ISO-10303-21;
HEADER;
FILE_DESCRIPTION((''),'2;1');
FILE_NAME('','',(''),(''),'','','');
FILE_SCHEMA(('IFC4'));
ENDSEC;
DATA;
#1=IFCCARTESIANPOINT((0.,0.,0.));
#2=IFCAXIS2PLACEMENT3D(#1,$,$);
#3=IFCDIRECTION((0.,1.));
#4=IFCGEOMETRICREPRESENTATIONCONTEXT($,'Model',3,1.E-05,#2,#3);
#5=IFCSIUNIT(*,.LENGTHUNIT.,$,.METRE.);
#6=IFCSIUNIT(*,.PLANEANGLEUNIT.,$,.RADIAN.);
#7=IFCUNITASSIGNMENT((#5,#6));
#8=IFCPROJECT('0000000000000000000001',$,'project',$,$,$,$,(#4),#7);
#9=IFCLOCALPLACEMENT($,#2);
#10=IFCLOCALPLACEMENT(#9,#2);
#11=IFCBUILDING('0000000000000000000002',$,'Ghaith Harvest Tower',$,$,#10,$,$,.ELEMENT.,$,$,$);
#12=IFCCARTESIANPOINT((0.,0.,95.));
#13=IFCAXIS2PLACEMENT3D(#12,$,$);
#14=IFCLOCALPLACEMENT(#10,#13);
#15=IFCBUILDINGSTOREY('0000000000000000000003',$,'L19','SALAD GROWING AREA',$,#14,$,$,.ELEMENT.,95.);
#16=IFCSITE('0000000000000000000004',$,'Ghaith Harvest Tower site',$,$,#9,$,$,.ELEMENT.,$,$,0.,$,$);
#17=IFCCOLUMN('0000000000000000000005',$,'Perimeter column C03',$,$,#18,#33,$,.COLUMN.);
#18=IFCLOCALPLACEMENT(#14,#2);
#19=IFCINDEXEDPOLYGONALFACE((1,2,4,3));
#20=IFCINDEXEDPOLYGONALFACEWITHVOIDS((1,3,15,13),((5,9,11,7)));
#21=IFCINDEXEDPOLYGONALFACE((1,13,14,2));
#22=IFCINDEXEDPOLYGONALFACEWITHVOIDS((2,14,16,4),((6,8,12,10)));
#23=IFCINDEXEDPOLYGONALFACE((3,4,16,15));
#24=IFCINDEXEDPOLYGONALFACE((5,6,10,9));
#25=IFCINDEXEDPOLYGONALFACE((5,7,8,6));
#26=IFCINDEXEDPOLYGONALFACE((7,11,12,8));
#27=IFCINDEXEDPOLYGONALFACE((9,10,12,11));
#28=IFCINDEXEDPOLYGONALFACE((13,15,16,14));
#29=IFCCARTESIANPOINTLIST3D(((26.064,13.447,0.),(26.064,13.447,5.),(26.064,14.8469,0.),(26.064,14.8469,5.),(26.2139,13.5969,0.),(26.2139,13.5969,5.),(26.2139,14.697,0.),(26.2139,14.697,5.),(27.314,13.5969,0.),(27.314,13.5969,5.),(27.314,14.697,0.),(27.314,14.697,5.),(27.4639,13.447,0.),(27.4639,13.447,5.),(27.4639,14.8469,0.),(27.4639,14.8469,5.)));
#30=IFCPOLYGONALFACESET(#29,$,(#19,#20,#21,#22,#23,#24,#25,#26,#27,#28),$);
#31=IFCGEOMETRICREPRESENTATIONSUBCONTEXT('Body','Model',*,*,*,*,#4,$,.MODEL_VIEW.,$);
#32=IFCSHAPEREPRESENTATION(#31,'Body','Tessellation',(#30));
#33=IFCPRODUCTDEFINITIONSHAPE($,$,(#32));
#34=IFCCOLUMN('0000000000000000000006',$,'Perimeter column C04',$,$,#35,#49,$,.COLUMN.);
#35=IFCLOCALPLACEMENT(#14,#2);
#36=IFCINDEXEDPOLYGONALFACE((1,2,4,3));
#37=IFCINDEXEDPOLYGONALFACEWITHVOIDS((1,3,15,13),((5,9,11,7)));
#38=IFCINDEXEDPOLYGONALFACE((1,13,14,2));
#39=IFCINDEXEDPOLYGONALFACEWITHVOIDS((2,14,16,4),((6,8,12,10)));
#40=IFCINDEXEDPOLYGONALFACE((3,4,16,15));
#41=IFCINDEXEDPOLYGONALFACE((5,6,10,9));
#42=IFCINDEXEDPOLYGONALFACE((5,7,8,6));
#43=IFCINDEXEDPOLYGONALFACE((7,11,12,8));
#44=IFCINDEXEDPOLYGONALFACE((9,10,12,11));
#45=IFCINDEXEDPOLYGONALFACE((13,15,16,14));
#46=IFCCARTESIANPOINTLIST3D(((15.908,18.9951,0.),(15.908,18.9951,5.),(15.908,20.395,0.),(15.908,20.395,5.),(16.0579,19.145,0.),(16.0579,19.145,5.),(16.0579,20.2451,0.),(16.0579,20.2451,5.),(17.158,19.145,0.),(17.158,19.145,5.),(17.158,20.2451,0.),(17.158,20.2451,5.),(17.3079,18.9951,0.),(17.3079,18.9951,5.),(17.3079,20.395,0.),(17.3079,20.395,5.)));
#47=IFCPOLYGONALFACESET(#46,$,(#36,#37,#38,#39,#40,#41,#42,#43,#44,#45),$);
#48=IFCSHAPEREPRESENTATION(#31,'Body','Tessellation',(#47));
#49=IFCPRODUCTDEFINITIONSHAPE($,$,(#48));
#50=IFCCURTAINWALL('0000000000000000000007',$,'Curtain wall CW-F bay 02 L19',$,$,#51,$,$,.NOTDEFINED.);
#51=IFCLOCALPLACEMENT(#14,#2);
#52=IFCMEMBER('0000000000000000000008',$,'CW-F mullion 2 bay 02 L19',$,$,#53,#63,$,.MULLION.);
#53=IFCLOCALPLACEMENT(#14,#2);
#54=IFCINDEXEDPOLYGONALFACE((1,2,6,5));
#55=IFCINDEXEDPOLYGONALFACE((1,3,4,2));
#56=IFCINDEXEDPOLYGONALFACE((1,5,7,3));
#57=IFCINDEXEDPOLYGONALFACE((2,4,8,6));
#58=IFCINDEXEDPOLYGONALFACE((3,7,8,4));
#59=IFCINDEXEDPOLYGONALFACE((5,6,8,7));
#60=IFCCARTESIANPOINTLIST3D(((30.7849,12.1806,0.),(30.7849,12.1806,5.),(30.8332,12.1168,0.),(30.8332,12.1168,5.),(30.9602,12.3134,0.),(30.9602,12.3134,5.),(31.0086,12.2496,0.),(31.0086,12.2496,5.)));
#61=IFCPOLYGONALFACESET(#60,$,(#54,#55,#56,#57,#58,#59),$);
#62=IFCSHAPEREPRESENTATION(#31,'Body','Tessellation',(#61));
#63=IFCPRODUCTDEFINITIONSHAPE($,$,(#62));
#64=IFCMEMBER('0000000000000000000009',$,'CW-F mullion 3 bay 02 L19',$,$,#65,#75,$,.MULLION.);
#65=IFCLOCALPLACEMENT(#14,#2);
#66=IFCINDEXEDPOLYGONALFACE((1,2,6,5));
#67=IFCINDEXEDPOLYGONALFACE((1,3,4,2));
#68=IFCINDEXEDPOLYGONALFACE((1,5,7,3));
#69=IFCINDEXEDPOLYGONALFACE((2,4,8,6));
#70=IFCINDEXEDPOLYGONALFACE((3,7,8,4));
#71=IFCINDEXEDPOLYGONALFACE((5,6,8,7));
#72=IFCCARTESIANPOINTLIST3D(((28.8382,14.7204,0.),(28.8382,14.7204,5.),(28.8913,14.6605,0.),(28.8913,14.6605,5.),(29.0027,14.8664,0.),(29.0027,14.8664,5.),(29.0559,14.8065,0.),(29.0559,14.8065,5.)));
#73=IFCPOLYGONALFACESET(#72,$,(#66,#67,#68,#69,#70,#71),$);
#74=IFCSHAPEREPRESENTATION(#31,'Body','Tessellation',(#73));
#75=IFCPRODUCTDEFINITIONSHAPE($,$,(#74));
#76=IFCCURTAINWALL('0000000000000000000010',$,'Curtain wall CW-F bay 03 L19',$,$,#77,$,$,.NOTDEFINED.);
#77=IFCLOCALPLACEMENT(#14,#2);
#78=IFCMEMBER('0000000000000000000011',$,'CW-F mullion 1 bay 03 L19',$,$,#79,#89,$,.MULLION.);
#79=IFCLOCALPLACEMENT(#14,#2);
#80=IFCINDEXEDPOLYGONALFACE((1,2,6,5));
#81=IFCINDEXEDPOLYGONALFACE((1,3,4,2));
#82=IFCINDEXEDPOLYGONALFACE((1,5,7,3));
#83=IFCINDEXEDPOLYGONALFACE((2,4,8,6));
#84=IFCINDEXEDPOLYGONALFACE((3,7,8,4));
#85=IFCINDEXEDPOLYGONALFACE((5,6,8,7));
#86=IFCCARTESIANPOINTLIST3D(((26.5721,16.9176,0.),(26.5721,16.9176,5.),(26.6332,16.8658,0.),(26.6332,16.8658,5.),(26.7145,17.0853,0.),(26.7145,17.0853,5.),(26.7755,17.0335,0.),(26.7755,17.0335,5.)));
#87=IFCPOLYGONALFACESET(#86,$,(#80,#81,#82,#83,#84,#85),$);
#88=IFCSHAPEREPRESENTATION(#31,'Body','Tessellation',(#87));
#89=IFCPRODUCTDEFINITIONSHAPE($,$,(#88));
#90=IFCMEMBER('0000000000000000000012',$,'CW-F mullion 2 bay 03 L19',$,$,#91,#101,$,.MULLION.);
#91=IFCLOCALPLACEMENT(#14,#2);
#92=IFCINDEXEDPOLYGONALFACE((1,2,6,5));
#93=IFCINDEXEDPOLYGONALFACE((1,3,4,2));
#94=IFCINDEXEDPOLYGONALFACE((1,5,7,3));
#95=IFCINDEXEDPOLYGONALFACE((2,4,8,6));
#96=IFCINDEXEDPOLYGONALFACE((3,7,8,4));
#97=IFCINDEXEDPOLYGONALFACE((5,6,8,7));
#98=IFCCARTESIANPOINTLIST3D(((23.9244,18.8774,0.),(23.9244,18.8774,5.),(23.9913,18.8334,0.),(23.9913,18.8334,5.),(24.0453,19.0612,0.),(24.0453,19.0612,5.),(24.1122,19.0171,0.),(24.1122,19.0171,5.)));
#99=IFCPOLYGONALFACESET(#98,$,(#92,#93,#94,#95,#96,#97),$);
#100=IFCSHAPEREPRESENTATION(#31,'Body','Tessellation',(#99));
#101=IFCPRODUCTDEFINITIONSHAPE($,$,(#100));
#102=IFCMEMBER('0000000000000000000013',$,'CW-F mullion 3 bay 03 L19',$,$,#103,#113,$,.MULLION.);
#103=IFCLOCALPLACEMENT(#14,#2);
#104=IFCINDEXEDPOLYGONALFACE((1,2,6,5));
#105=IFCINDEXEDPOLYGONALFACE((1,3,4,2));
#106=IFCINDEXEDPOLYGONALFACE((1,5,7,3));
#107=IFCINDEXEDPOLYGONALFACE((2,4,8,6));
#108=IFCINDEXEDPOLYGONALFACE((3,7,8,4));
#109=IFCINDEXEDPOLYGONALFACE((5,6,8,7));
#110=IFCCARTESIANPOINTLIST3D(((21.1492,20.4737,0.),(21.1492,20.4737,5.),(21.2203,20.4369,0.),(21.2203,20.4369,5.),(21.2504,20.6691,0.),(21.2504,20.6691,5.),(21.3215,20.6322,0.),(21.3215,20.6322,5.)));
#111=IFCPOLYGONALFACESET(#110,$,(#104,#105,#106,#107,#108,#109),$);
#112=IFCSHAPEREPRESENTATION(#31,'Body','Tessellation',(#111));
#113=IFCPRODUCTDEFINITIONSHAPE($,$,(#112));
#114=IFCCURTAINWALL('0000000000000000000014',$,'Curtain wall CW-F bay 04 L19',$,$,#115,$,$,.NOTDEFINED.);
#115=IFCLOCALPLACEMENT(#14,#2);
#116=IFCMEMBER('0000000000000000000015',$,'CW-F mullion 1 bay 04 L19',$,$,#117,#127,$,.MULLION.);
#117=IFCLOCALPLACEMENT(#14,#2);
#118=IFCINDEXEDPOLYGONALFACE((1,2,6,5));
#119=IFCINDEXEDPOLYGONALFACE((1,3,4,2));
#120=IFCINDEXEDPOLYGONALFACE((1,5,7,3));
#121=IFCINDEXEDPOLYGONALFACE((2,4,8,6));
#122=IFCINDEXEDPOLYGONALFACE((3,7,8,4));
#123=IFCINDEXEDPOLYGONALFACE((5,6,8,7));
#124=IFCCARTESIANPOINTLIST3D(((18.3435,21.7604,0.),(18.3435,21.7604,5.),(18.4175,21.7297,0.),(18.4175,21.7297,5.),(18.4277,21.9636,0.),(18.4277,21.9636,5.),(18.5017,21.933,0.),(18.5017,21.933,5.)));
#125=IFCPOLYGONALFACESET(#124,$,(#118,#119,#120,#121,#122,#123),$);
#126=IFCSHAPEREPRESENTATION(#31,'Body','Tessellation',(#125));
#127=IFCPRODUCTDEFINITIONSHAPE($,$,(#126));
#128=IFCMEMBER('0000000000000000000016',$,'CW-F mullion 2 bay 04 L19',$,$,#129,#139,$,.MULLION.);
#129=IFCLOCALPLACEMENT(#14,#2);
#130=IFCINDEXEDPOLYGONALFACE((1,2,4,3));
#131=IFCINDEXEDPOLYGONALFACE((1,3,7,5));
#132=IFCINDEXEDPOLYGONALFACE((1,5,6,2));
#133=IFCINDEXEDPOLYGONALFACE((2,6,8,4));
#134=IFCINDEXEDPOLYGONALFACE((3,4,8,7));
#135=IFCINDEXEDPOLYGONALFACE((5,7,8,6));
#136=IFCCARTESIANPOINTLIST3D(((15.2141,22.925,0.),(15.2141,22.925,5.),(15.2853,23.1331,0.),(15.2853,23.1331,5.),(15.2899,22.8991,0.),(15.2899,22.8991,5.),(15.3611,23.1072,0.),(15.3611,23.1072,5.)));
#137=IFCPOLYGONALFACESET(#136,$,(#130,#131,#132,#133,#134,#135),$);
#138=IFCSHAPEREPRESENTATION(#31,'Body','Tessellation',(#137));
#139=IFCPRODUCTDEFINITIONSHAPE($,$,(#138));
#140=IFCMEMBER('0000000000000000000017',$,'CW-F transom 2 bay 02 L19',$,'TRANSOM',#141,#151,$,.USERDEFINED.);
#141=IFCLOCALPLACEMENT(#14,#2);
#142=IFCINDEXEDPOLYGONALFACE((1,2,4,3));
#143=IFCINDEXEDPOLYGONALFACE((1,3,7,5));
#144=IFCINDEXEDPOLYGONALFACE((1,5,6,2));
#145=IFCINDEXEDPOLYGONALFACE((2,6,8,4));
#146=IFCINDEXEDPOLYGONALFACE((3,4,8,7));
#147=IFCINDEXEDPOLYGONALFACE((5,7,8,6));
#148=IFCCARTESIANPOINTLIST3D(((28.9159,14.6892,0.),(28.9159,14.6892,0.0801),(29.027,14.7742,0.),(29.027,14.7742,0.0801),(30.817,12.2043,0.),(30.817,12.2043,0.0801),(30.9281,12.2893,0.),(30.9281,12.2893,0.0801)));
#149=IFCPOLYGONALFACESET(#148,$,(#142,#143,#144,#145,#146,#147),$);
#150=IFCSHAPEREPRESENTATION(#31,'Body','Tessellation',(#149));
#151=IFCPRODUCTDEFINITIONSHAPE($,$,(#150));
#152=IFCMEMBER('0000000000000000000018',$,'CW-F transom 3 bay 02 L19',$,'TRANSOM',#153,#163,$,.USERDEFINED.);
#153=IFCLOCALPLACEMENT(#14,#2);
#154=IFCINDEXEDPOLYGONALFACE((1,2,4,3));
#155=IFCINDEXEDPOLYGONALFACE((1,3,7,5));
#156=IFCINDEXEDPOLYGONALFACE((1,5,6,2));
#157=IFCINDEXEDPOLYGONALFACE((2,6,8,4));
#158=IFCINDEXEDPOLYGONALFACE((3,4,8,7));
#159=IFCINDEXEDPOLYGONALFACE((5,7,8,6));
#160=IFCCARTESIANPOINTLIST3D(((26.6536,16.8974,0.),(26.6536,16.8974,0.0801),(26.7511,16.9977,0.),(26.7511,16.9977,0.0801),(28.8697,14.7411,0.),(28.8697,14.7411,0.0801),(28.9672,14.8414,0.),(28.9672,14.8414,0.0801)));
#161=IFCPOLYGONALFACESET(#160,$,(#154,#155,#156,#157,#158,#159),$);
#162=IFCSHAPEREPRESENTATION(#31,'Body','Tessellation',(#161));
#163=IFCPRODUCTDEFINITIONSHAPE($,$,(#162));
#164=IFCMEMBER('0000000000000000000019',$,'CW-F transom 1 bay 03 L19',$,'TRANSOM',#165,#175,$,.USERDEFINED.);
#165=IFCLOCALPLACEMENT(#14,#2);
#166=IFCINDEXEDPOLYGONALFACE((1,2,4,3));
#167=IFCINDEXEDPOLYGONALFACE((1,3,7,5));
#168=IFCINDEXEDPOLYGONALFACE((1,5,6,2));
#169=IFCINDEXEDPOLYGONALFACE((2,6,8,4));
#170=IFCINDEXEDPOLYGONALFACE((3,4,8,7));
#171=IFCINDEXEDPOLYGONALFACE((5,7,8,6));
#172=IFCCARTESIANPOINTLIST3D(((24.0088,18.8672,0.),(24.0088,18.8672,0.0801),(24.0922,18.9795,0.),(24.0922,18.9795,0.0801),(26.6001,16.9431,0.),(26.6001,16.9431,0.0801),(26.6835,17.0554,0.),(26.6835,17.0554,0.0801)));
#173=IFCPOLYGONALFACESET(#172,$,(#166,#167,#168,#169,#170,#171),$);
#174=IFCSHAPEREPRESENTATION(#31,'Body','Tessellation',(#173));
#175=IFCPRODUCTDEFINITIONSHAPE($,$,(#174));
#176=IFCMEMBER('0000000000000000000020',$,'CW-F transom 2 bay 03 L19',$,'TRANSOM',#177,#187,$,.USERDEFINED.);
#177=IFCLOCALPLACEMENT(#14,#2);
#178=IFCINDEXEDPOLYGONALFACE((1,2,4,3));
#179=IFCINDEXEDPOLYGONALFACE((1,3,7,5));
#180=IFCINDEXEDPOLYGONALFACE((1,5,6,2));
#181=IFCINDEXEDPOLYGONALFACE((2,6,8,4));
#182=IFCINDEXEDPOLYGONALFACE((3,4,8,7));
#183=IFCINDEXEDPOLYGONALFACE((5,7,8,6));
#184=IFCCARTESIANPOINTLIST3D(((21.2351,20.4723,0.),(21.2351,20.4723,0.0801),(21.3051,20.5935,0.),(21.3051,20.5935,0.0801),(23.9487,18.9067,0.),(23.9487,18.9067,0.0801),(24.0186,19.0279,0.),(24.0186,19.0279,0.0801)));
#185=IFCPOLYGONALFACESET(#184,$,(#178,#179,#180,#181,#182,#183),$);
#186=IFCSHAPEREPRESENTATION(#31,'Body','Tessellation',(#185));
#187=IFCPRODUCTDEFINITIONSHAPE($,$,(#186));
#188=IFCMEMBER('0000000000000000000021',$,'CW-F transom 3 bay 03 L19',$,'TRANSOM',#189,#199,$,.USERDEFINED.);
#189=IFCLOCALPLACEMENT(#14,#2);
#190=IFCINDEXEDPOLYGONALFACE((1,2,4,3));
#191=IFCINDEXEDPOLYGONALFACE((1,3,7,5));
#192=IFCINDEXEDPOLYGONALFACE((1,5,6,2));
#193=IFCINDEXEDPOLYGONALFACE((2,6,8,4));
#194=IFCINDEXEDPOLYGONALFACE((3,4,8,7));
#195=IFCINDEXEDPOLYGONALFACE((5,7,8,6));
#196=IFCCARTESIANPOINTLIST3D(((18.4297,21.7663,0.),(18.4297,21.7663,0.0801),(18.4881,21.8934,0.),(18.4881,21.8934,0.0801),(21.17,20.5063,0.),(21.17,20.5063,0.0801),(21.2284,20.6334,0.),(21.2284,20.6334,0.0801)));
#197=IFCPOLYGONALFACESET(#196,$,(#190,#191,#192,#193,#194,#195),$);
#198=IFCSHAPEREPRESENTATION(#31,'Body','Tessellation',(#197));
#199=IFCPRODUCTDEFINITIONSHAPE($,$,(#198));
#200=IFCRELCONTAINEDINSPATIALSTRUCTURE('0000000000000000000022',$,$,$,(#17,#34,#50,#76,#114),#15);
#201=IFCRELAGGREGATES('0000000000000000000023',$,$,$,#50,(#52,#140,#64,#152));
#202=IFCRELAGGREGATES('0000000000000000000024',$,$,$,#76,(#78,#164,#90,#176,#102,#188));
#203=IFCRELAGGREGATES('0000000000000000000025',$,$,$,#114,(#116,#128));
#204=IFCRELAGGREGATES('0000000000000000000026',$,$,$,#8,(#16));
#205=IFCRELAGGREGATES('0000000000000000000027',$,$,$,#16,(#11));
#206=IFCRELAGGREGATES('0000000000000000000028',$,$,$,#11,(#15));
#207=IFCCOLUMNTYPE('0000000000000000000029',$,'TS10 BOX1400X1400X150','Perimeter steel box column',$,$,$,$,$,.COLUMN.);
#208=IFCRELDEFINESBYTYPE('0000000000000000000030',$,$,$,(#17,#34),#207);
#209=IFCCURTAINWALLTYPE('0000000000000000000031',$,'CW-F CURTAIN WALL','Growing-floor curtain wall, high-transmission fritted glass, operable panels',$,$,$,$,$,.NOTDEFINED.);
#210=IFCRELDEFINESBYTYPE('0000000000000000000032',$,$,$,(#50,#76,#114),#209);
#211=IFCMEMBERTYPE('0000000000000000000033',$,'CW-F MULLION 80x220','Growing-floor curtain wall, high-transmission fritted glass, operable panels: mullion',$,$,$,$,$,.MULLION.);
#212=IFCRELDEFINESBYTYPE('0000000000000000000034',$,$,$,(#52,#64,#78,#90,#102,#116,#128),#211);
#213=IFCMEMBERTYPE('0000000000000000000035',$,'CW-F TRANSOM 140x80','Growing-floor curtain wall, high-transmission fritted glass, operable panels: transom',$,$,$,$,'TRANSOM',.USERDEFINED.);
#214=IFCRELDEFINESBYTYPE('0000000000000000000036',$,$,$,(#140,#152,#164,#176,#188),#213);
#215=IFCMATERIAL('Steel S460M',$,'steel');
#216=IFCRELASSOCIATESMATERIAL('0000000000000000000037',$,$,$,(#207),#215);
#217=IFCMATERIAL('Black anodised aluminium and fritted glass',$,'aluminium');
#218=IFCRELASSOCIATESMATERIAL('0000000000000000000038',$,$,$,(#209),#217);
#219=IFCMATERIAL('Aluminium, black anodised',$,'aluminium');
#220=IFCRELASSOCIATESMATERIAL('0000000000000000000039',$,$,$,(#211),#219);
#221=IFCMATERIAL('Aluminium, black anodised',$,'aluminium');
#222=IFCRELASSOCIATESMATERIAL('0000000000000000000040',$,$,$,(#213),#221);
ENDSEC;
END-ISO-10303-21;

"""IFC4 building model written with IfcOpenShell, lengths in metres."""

from ifc_helpers import new_model, si_unit, direction, frame, origin, origin_2d, place, context, subcontext, project, spatial, rectangle, hollow_rectangle, extrude, material, material_profile, profile_set, type_object, element, aggregate, save


model = new_model("IFC4")

# Units and contexts
model_context = context("Model", 3, precision=1e-05, world=origin(), true_north=direction((0.0, 1.0)))
body_context = subcontext(model_context, "Body", "Model", "MODEL_VIEW")
ifc_project = project(units=[si_unit("LENGTHUNIT", "METRE"), si_unit("PLANEANGLEUNIT", "RADIAN")], contexts=[model_context])

# Site, building, storey
site_placement = place(None, origin())
site = spatial("IfcSite", under=ifc_project, at=site_placement, Name="Ghaith Harvest Tower site", CompositionType="ELEMENT", RefElevation=0.0)
building_placement = place(site_placement, origin())
building = spatial("IfcBuilding", under=site, at=building_placement, Name="Ghaith Harvest Tower", CompositionType="ELEMENT")
storey_placement = place(building_placement, frame((0.0, 0.0, 95.0)))
storey = spatial("IfcBuildingStorey", under=building, at=storey_placement, Name="L19", Description="SALAD GROWING AREA", CompositionType="ELEMENT", Elevation=95.0)

# Columns
ifc_material_1 = material(Name="Steel S460M", Category="steel")
ifc_material_profile_1 = material_profile(ifc_material_1, hollow_rectangle(XDim=1.3999, YDim=1.3999, WallThickness=0.1499, at=origin_2d()), Name="BOX1400X1400X150")
ifc_profile_set_1 = profile_set([ifc_material_profile_1], Name="Steel S460M")
column_type = type_object("IfcColumnType", Name="TS10 BOX1400X1400X150", Description="Perimeter steel box column", PredefinedType="COLUMN", material=ifc_profile_set_1)
for number, where, z_axis, x_axis, name in (
    (1, (26.7639, 14.147, 0.0), (0.0, 0.0, 1.0), (1.0, 0.0, 0.0), "Perimeter column C03"),
    (2, (16.6079, 19.6951, 0.0), (0.0, 0.0, 1.0), (1.0, 0.0, 0.0), "Perimeter column C04"),
):
    element("IfcColumn", number, at=place(storey_placement, frame(where, z_axis=z_axis, x_axis=x_axis)), inside=storey, type_object=column_type, Name=name, PredefinedType="COLUMN", context=body_context, shape_type="SweptSolid", body=[
        extrude(hollow_rectangle(XDim=1.3999, YDim=1.3999, WallThickness=0.1499, at=origin_2d()), origin(), (0.0, 0.0, 1.0), 5.0),
    ])

# Curtain walls, members
ifc_material_2 = material(Name="Black anodised aluminium and fritted glass", Category="aluminium")
curtain_wall_type = type_object("IfcCurtainWallType", Name="CW-F CURTAIN WALL", Description="Growing-floor curtain wall, high-transmission fritted glass, operable panels", PredefinedType="NOTDEFINED", material=ifc_material_2)
curtain_wall_1_placement = place(storey_placement, origin())
curtain_wall_1 = element("IfcCurtainWall", 3, at=curtain_wall_1_placement, inside=storey, type_object=curtain_wall_type, Name="Curtain wall CW-F bay 02 L19", PredefinedType="NOTDEFINED")
ifc_material_3 = material(Name="Aluminium, black anodised", Category="aluminium")
ifc_material_profile_2 = material_profile(ifc_material_3, rectangle(XDim=0.0801, YDim=0.22, at=origin_2d()), Name="CW-F MULLION 80x220")
ifc_profile_set_2 = profile_set([ifc_material_profile_2], Name="Aluminium, black anodised")
member_type_1 = type_object("IfcMemberType", Name="CW-F MULLION 80x220", Description="Growing-floor curtain wall, high-transmission fritted glass, operable panels: mullion", PredefinedType="MULLION", material=ifc_profile_set_2)
member_1_placement = place(storey_placement, frame((30.8967, 12.2151, 0.0), z_axis=(0.0, 0.0, 1.0), x_axis=(-0.603948, 0.797023, 0.0)))
member_1 = element("IfcMember", 4, at=member_1_placement, type_object=member_type_1, Name="CW-F mullion 2 bay 02 L19", PredefinedType="MULLION", context=body_context, shape_type="SweptSolid", body=[
    extrude(rectangle(XDim=0.0801, YDim=0.22, at=origin_2d()), origin(), (0.0, 0.0, 1.0), 5.0),
])
member_2_placement = place(storey_placement, frame((28.947, 14.7634, 0.0), z_axis=(0.0, 0.0, 1.0), x_axis=(-0.663605, 0.748083, 0.0)))
member_2 = element("IfcMember", 5, at=member_2_placement, type_object=member_type_1, Name="CW-F mullion 3 bay 02 L19", PredefinedType="MULLION", context=body_context, shape_type="SweptSolid", body=[
    extrude(rectangle(XDim=0.0801, YDim=0.22, at=origin_2d()), origin(), (0.0, 0.0, 1.0), 5.0),
])
curtain_wall_2_placement = place(storey_placement, origin())
curtain_wall_2 = element("IfcCurtainWall", 6, at=curtain_wall_2_placement, inside=storey, type_object=curtain_wall_type, Name="Curtain wall CW-F bay 03 L19", PredefinedType="NOTDEFINED")
member_3_placement = place(storey_placement, frame((26.6738, 16.9756, 0.0), z_axis=(0.0, 0.0, 1.0), x_axis=(-0.762366, 0.647146, 0.0)))
member_3 = element("IfcMember", 7, at=member_3_placement, type_object=member_type_1, Name="CW-F mullion 1 bay 03 L19", PredefinedType="MULLION", context=body_context, shape_type="SweptSolid", body=[
    extrude(rectangle(XDim=0.0801, YDim=0.22, at=origin_2d()), origin(), (0.0, 0.0, 1.0), 5.0),
])
member_4_placement = place(storey_placement, frame((24.0183, 18.9473, 0.0), z_axis=(0.0, 0.0, 1.0), x_axis=(-0.835444, 0.549576, 0.0)))
member_4 = element("IfcMember", 8, at=member_4_placement, type_object=member_type_1, Name="CW-F mullion 2 bay 03 L19", PredefinedType="MULLION", context=body_context, shape_type="SweptSolid", body=[
    extrude(rectangle(XDim=0.0801, YDim=0.22, at=origin_2d()), origin(), (0.0, 0.0, 1.0), 5.0),
])
member_5_placement = place(storey_placement, frame((21.2354, 20.553, 0.0), z_axis=(0.0, 0.0, 1.0), x_axis=(-0.887897, 0.460043, 0.0)))
member_5 = element("IfcMember", 9, at=member_5_placement, type_object=member_type_1, Name="CW-F mullion 3 bay 03 L19", PredefinedType="MULLION", context=body_context, shape_type="SweptSolid", body=[
    extrude(rectangle(XDim=0.0801, YDim=0.22, at=origin_2d()), origin(), (0.0, 0.0, 1.0), 5.0),
])
curtain_wall_3_placement = place(storey_placement, origin())
curtain_wall_3 = element("IfcCurtainWall", 10, at=curtain_wall_3_placement, inside=storey, type_object=curtain_wall_type, Name="Curtain wall CW-F bay 04 L19", PredefinedType="NOTDEFINED")
member_6_placement = place(storey_placement, frame((18.4226, 21.8467, 0.0), z_axis=(0.0, 0.0, 1.0), x_axis=(-0.92391, 0.382609, 0.0)))
member_6 = element("IfcMember", 11, at=member_6_placement, type_object=member_type_1, Name="CW-F mullion 1 bay 04 L19", PredefinedType="MULLION", context=body_context, shape_type="SweptSolid", body=[
    extrude(rectangle(XDim=0.0801, YDim=0.22, at=origin_2d()), origin(), (0.0, 0.0, 1.0), 5.0),
])
member_7_placement = place(storey_placement, frame((15.2876, 23.0161, 0.0), z_axis=(0.0, 0.0, 1.0), x_axis=(-0.946121, 0.323813, 0.0)))
member_7 = element("IfcMember", 12, at=member_7_placement, type_object=member_type_1, Name="CW-F mullion 2 bay 04 L19", PredefinedType="MULLION", context=body_context, shape_type="SweptSolid", body=[
    extrude(rectangle(XDim=0.0801, YDim=0.22, at=origin_2d()), origin(), (0.0, 0.0, 1.0), 5.0),
])

# Members
ifc_material_4 = material(Name="Aluminium, black anodised", Category="aluminium")
ifc_material_profile_3 = material_profile(ifc_material_4, rectangle(XDim=0.1399, YDim=0.0801, at=origin_2d()), Name="CW-F TRANSOM 140x80")
ifc_profile_set_3 = profile_set([ifc_material_profile_3], Name="Aluminium, black anodised")
member_type_2 = type_object("IfcMemberType", Name="CW-F TRANSOM 140x80", Description="Growing-floor curtain wall, high-transmission fritted glass, operable panels: transom", ElementType="TRANSOM", PredefinedType="USERDEFINED", material=ifc_profile_set_3)
member_8_placement = place(storey_placement, frame((30.8726, 12.2468, 0.04), z_axis=(-0.607638, 0.794214, 0.0), x_axis=(-0.794214, -0.607638, 0.0)))
member_8 = element("IfcMember", 13, at=member_8_placement, type_object=member_type_2, Name="CW-F transom 2 bay 02 L19", ObjectType="TRANSOM", PredefinedType="USERDEFINED", context=body_context, shape_type="SweptSolid", body=[
    extrude(rectangle(XDim=0.1399, YDim=0.0801, at=origin_2d()), origin(), (0.0, 0.0, 1.0), 3.1287),
])
member_9_placement = place(storey_placement, frame((28.9185, 14.7913, 0.04), z_axis=(-0.716713, 0.697368, 0.0), x_axis=(-0.697368, -0.716713, 0.0)))
member_9 = element("IfcMember", 14, at=member_9_placement, type_object=member_type_2, Name="CW-F transom 3 bay 02 L19", ObjectType="TRANSOM", PredefinedType="USERDEFINED", context=body_context, shape_type="SweptSolid", body=[
    extrude(rectangle(XDim=0.1399, YDim=0.0801, at=origin_2d()), origin(), (0.0, 0.0, 1.0), 3.092),
])
member_10_placement = place(storey_placement, frame((26.6418, 16.9993, 0.04), z_axis=(-0.802877, 0.596144, 0.0), x_axis=(-0.596144, -0.802877, 0.0)))
member_10 = element("IfcMember", 15, at=member_10_placement, type_object=member_type_2, Name="CW-F transom 1 bay 03 L19", ObjectType="TRANSOM", PredefinedType="USERDEFINED", context=body_context, shape_type="SweptSolid", body=[
    extrude(rectangle(XDim=0.1399, YDim=0.0801, at=origin_2d()), origin(), (0.0, 0.0, 1.0), 3.2275),
])
member_11_placement = place(storey_placement, frame((23.9836, 18.9673, 0.04), z_axis=(-0.866169, 0.499752, 0.0), x_axis=(-0.499752, -0.866169, 0.0)))
member_11 = element("IfcMember", 16, at=member_11_placement, type_object=member_type_2, Name="CW-F transom 2 bay 03 L19", ObjectType="TRANSOM", PredefinedType="USERDEFINED", context=body_context, shape_type="SweptSolid", body=[
    extrude(rectangle(XDim=0.1399, YDim=0.0801, at=origin_2d()), origin(), (0.0, 0.0, 1.0), 3.1328),
])
member_12_placement = place(storey_placement, frame((21.1992, 20.5698, 0.04), z_axis=(-0.908553, 0.417769, 0.0), x_axis=(-0.417769, -0.908553, 0.0)))
member_12 = element("IfcMember", 17, at=member_12_placement, type_object=member_type_2, Name="CW-F transom 3 bay 03 L19", ObjectType="TRANSOM", PredefinedType="USERDEFINED", context=body_context, shape_type="SweptSolid", body=[
    extrude(rectangle(XDim=0.1399, YDim=0.0801, at=origin_2d()), origin(), (0.0, 0.0, 1.0), 3.0161),
])

aggregate(curtain_wall_1, [member_1, member_8, member_2, member_9])
aggregate(curtain_wall_2, [member_3, member_10, member_4, member_11, member_5, member_12])
aggregate(curtain_wall_3, [member_6, member_7])

save(model, "model.ifc")
